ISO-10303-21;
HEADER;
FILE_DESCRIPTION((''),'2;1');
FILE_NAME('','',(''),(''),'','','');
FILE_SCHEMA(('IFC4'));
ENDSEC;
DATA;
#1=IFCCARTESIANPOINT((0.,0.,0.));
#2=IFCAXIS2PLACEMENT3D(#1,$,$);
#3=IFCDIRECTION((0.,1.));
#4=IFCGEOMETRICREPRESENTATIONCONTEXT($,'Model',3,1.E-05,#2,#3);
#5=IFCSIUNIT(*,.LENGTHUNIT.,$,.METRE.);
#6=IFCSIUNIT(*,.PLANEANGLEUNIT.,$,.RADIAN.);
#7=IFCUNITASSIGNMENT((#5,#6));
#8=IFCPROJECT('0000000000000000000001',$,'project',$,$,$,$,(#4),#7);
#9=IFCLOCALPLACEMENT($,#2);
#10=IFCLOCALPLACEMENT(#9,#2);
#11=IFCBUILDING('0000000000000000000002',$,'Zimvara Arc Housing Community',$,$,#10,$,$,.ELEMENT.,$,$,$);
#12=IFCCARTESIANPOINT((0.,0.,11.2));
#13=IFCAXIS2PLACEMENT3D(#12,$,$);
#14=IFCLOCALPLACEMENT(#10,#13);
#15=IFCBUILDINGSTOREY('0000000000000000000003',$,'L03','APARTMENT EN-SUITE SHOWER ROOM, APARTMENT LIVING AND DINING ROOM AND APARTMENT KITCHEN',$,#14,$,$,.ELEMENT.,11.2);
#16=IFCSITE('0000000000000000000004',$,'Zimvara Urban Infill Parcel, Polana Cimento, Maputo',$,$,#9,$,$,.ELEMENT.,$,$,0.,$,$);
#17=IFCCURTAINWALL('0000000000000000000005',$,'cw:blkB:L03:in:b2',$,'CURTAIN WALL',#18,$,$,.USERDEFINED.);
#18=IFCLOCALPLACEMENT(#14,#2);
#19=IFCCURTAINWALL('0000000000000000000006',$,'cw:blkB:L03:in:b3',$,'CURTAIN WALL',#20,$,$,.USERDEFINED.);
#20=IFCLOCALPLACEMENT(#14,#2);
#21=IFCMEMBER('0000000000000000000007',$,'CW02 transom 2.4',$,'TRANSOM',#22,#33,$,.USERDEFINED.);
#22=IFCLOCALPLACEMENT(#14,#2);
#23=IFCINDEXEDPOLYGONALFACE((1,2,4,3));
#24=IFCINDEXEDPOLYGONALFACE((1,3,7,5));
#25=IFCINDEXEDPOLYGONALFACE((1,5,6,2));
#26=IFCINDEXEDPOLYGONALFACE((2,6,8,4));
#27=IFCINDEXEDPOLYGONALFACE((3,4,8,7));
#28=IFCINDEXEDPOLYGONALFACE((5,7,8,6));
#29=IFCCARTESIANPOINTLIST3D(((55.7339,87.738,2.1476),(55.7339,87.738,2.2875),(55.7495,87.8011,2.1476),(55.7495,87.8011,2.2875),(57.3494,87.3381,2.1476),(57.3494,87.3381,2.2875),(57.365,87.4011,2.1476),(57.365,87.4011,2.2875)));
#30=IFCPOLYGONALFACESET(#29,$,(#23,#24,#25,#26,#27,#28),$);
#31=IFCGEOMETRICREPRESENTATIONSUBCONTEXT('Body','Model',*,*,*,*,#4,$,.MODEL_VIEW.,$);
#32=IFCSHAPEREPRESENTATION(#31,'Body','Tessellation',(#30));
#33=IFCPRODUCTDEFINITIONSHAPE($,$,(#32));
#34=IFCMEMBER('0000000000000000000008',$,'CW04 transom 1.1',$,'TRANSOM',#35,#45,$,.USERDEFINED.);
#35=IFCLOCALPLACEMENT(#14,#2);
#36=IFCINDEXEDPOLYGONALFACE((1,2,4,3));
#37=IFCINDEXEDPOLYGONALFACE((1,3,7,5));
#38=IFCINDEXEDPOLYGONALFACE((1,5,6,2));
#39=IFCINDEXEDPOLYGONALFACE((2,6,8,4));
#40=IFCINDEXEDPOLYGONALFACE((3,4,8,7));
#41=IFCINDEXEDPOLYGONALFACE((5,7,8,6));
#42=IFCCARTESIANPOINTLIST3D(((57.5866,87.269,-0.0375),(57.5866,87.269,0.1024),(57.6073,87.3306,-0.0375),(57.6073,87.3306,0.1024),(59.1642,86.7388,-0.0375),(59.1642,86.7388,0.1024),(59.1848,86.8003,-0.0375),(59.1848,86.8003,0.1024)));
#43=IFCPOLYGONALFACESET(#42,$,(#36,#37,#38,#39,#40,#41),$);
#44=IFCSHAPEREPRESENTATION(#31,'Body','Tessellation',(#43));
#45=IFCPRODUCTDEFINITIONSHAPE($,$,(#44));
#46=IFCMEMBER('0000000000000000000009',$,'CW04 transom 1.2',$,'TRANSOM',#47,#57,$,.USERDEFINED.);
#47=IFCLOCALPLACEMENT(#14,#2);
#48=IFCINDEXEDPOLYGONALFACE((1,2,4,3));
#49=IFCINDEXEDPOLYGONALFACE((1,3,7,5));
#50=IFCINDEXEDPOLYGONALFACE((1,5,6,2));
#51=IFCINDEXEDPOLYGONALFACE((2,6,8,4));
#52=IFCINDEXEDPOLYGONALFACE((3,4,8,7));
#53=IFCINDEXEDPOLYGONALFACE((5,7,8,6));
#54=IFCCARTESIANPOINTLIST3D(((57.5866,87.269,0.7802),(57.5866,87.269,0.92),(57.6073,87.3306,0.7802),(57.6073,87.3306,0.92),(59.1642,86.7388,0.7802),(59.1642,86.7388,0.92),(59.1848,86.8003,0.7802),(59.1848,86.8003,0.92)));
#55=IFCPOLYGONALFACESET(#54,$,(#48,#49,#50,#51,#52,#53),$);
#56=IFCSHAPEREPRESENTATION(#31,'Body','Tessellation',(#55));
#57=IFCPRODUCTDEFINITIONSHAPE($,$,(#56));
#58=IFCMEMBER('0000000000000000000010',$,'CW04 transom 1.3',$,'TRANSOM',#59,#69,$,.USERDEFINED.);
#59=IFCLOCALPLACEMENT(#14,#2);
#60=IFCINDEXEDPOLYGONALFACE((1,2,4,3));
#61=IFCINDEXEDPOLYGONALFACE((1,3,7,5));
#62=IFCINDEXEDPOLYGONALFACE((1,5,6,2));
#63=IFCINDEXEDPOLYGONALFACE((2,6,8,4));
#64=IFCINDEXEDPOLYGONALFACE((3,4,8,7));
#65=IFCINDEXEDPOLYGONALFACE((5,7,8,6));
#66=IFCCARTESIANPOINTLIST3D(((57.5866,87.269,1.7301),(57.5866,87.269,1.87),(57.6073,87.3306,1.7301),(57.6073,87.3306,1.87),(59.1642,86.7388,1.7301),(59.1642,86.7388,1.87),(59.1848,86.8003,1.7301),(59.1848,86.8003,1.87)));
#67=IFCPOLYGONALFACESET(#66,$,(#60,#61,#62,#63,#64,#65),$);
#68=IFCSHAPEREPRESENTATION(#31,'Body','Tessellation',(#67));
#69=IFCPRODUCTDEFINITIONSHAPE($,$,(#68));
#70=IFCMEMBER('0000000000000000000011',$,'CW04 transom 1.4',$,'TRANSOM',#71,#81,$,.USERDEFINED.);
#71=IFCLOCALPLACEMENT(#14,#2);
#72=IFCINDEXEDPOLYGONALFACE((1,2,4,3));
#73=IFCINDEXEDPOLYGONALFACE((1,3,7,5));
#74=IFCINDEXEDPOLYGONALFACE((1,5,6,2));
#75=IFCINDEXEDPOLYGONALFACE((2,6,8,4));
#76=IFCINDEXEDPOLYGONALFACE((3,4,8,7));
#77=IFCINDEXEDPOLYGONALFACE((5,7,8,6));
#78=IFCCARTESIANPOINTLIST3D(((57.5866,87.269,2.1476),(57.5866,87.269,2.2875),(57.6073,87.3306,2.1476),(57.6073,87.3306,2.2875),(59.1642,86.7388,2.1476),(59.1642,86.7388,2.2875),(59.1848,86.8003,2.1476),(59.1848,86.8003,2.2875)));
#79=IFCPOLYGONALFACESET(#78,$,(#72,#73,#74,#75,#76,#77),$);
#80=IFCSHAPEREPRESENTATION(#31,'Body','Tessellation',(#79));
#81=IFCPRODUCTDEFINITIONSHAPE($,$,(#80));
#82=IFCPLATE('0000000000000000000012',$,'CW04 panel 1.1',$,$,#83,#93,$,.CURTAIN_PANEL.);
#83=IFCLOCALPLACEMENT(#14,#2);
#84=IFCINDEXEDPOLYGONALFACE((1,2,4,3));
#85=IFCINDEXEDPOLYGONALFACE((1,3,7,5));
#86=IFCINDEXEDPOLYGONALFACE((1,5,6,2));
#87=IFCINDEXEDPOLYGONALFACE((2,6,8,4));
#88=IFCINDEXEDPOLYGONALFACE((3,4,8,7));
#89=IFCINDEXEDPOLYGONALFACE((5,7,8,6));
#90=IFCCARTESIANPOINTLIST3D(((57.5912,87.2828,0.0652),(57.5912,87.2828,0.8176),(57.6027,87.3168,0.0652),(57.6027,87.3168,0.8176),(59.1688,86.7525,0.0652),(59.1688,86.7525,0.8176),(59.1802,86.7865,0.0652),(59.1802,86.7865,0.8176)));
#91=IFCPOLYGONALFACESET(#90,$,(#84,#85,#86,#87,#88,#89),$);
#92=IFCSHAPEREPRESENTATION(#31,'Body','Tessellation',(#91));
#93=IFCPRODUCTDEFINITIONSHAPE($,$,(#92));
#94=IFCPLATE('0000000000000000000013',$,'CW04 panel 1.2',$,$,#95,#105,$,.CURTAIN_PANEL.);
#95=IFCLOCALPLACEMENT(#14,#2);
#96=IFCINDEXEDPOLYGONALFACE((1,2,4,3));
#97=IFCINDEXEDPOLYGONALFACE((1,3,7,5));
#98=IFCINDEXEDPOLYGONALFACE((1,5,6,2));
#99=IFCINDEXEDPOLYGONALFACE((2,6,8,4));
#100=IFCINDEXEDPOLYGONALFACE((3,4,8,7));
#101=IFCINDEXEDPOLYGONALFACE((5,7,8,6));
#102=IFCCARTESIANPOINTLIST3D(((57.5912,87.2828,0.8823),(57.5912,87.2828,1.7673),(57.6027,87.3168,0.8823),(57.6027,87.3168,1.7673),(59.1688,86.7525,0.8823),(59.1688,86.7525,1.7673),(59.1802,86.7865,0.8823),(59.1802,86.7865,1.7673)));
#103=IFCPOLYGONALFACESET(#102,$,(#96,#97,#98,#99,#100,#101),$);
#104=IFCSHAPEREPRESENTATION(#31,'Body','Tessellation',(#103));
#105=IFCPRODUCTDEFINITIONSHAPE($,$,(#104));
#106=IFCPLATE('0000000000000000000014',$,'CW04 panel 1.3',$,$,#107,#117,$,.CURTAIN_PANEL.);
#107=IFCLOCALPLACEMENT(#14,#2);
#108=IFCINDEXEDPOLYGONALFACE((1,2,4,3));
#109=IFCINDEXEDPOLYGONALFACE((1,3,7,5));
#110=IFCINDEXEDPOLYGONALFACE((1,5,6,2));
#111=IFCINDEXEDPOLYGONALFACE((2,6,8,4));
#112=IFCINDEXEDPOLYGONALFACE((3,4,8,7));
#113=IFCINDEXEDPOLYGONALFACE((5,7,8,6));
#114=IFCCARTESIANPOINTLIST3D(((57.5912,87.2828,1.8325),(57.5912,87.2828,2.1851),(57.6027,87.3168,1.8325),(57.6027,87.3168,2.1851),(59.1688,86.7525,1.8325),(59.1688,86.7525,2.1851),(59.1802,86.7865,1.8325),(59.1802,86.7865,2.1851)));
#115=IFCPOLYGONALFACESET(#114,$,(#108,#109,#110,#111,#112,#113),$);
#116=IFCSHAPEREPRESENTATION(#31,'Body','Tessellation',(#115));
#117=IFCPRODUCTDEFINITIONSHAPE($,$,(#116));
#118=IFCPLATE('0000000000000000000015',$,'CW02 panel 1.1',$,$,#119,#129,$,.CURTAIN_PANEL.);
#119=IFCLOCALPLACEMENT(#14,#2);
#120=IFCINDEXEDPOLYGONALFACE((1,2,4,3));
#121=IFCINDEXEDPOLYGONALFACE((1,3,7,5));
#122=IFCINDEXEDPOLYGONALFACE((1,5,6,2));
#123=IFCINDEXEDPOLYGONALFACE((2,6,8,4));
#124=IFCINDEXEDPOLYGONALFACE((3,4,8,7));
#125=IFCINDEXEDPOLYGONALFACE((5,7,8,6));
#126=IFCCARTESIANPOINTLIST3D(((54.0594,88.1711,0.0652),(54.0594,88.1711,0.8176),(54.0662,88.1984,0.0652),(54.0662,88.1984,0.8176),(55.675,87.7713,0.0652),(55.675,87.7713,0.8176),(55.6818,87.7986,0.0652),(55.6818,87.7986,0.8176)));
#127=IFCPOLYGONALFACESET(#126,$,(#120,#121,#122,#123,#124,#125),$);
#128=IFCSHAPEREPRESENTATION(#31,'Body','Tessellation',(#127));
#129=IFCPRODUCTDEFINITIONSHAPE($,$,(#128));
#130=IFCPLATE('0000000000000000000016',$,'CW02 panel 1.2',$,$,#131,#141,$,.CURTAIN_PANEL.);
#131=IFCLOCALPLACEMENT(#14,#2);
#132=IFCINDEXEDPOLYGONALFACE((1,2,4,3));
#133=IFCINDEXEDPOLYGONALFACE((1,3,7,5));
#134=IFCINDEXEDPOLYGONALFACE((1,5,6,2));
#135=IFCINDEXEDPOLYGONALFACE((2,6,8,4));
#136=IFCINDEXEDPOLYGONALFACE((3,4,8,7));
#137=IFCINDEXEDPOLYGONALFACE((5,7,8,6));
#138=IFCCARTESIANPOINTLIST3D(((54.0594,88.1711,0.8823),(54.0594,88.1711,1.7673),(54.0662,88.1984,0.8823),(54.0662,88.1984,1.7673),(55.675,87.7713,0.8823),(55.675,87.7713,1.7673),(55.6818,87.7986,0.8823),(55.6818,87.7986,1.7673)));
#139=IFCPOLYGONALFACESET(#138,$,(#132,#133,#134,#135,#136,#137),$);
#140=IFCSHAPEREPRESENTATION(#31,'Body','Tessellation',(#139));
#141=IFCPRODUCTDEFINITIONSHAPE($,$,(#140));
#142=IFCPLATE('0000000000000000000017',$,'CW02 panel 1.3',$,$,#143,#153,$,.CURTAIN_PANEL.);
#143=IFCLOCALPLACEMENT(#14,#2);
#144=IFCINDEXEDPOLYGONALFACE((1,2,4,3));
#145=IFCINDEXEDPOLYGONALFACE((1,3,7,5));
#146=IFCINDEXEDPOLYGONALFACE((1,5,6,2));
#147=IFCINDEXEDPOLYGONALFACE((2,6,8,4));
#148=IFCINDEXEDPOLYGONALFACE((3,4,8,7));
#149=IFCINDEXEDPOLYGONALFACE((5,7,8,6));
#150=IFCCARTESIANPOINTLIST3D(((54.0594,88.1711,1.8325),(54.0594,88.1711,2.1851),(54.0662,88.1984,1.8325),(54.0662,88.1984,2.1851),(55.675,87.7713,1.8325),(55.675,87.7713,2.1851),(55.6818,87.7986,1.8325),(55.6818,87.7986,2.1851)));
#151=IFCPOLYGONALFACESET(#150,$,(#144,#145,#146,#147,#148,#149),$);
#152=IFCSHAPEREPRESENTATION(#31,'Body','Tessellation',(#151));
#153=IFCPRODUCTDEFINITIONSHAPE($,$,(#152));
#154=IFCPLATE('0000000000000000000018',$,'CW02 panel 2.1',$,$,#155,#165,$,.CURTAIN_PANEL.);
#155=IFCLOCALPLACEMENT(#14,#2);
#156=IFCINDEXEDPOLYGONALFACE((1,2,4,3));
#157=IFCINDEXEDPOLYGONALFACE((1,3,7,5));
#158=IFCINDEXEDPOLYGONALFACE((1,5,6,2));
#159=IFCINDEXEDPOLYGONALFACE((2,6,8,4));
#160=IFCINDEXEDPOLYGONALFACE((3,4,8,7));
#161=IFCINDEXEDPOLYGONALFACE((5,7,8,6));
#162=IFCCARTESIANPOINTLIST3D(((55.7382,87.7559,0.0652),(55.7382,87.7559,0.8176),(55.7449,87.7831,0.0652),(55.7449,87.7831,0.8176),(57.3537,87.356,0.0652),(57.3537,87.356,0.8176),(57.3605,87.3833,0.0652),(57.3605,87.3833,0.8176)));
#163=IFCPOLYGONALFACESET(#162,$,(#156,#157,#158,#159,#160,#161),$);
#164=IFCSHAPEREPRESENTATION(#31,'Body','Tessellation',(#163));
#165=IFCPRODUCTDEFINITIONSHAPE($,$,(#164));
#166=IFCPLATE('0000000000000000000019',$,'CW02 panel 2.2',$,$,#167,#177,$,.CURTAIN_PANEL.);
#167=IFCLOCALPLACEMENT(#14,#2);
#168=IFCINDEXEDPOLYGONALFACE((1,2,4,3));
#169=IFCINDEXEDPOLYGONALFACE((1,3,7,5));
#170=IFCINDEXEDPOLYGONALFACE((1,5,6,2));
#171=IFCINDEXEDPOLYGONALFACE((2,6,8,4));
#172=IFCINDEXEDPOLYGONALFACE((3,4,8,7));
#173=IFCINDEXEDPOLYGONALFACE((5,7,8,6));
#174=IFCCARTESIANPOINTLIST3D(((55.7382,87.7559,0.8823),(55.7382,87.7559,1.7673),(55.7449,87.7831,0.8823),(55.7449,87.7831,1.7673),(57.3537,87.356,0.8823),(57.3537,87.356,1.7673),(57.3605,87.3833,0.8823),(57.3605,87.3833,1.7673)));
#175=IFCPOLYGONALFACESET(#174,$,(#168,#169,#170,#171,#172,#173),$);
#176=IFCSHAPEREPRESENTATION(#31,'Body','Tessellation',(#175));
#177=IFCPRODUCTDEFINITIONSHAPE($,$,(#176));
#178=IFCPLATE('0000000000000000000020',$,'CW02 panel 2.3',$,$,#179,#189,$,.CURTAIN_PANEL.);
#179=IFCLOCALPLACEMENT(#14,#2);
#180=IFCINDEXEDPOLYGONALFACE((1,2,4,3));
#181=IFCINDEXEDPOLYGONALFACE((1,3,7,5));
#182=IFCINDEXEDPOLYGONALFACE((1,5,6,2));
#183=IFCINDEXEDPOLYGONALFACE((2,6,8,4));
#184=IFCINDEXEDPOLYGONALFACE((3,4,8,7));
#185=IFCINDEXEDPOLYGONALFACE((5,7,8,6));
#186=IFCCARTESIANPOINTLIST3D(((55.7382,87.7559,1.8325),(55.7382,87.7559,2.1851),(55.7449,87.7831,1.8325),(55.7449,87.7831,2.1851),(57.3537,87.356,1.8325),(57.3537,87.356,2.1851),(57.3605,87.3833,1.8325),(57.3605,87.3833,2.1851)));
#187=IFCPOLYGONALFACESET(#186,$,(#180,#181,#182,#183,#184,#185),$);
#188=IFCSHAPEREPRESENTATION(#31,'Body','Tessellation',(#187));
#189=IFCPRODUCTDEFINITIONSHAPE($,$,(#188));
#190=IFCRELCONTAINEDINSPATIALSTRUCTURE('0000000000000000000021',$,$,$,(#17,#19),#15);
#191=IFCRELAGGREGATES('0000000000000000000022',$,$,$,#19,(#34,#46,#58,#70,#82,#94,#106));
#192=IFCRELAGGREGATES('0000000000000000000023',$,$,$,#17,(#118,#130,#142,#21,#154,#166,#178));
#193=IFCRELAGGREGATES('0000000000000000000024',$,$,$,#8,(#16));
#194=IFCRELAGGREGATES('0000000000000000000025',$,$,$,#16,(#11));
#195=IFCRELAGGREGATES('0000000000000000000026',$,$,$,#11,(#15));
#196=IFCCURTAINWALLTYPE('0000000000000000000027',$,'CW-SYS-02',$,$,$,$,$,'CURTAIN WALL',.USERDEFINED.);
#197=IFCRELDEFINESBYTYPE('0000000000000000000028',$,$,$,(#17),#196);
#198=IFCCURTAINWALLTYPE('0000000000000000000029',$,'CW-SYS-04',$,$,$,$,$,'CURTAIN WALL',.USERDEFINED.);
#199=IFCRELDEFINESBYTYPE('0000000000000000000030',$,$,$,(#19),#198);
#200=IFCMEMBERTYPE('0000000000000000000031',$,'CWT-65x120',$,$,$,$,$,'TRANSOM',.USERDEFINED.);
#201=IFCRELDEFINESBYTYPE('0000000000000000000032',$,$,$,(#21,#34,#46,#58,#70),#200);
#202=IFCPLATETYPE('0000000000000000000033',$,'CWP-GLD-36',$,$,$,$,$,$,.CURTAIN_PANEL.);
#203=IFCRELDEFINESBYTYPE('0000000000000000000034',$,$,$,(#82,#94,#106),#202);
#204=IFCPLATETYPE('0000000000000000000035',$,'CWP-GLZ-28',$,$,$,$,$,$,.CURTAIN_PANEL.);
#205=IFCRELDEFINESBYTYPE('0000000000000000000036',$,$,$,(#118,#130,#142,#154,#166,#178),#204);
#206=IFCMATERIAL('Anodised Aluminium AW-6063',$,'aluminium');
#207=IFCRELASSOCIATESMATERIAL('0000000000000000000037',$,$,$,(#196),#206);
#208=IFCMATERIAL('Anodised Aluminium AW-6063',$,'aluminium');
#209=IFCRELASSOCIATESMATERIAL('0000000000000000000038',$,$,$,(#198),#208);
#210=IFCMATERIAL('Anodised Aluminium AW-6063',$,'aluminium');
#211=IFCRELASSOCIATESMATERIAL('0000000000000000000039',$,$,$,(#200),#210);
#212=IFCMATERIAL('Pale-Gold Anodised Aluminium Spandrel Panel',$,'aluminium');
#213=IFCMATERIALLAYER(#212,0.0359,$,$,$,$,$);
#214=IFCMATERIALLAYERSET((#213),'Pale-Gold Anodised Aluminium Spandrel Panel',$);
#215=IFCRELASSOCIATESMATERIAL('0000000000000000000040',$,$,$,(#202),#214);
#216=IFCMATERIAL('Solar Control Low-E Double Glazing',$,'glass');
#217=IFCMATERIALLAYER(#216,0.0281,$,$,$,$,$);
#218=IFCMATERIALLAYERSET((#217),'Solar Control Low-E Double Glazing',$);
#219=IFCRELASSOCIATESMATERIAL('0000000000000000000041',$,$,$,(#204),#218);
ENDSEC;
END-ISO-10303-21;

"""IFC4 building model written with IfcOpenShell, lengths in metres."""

from ifc_helpers import new_model, si_unit, direction, frame, origin, origin_2d, place, context, subcontext, project, spatial, rectangle, extrude, material, layer, layer_set, material_profile, profile_set, type_object, element, aggregate, save


model = new_model("IFC4")

# Units and contexts
model_context = context("Model", 3, precision=1e-05, world=origin(), true_north=direction((0.0, 1.0)))
body_context = subcontext(model_context, "Body", "Model", "MODEL_VIEW")
ifc_project = project(units=[si_unit("LENGTHUNIT", "METRE"), si_unit("PLANEANGLEUNIT", "RADIAN")], contexts=[model_context])

# Site, building, storey
site_placement = place(None, origin())
site = spatial("IfcSite", under=ifc_project, at=site_placement, Name="Zimvara Urban Infill Parcel, Polana Cimento, Maputo", CompositionType="ELEMENT", RefElevation=0.0)
building_placement = place(site_placement, origin())
building = spatial("IfcBuilding", under=site, at=building_placement, Name="Zimvara Arc Housing Community", CompositionType="ELEMENT")
storey_placement = place(building_placement, frame((0.0, 0.0, 11.2)))
storey = spatial("IfcBuildingStorey", under=building, at=storey_placement, Name="L03", Description="APARTMENT EN-SUITE SHOWER ROOM, APARTMENT LIVING AND DINING ROOM AND APARTMENT KITCHEN", CompositionType="ELEMENT", Elevation=11.2)

# Curtain walls
ifc_material_1 = material(Name="Anodised Aluminium AW-6063", Category="aluminium")
curtain_wall_type_1 = type_object("IfcCurtainWallType", Name="CW-SYS-02", ElementType="CURTAIN WALL", PredefinedType="USERDEFINED", material=ifc_material_1)
curtain_wall_1_placement = place(storey_placement, origin())
curtain_wall_1 = element("IfcCurtainWall", 1, at=curtain_wall_1_placement, inside=storey, type_object=curtain_wall_type_1, Name="cw:blkB:L03:in:b2", ObjectType="CURTAIN WALL", PredefinedType="USERDEFINED")
ifc_material_2 = material(Name="Anodised Aluminium AW-6063", Category="aluminium")
curtain_wall_type_2 = type_object("IfcCurtainWallType", Name="CW-SYS-04", ElementType="CURTAIN WALL", PredefinedType="USERDEFINED", material=ifc_material_2)
curtain_wall_2_placement = place(storey_placement, origin())
curtain_wall_2 = element("IfcCurtainWall", 2, at=curtain_wall_2_placement, inside=storey, type_object=curtain_wall_type_2, Name="cw:blkB:L03:in:b3", ObjectType="CURTAIN WALL", PredefinedType="USERDEFINED")

# Members
ifc_material_3 = material(Name="Anodised Aluminium AW-6063", Category="aluminium")
ifc_material_profile_1 = material_profile(ifc_material_3, rectangle(XDim=0.0649, YDim=0.1399, at=origin_2d()), Name="ALU 65x140")
ifc_profile_set_1 = profile_set([ifc_material_profile_1], Name="Anodised Aluminium AW-6063")
member_type_1 = type_object("IfcMemberType", Name="CWT-65x120", ElementType="TRANSOM", PredefinedType="USERDEFINED", material=ifc_profile_set_1)
member_1_placement = place(storey_placement, frame((55.7417, 87.7695, 2.2175), z_axis=(0.970701, -0.240291, 0.0), x_axis=(0.240291, 0.970701, 0.0)))
member_1 = element("IfcMember", 3, at=member_1_placement, type_object=member_type_1, Name="CW02 transom 2.4", ObjectType="TRANSOM", PredefinedType="USERDEFINED", context=body_context, shape_type="SweptSolid", body=[
    extrude(rectangle(XDim=0.0649, YDim=0.1399, at=origin_2d()), origin(), (0.0, 0.0, 1.0), 1.6643),
])
member_2_placement = place(storey_placement, frame((57.5969, 87.2998, 0.0325), z_axis=(0.947888, -0.318603, 0.0), x_axis=(0.318603, 0.947888, 0.0)))
member_2 = element("IfcMember", 4, at=member_2_placement, type_object=member_type_1, Name="CW04 transom 1.1", ObjectType="TRANSOM", PredefinedType="USERDEFINED", context=body_context, shape_type="SweptSolid", body=[
    extrude(rectangle(XDim=0.0649, YDim=0.1399, at=origin_2d()), origin(), (0.0, 0.0, 1.0), 1.6643),
])
member_3_placement = place(storey_placement, frame((57.5969, 87.2998, 0.8501), z_axis=(0.947888, -0.318603, 0.0), x_axis=(0.318603, 0.947888, 0.0)))
member_3 = element("IfcMember", 5, at=member_3_placement, type_object=member_type_1, Name="CW04 transom 1.2", ObjectType="TRANSOM", PredefinedType="USERDEFINED", context=body_context, shape_type="SweptSolid", body=[
    extrude(rectangle(XDim=0.0649, YDim=0.1399, at=origin_2d()), origin(), (0.0, 0.0, 1.0), 1.6643),
])
member_4_placement = place(storey_placement, frame((57.5969, 87.2998, 1.8), z_axis=(0.947888, -0.318603, 0.0), x_axis=(0.318603, 0.947888, 0.0)))
member_4 = element("IfcMember", 6, at=member_4_placement, type_object=member_type_1, Name="CW04 transom 1.3", ObjectType="TRANSOM", PredefinedType="USERDEFINED", context=body_context, shape_type="SweptSolid", body=[
    extrude(rectangle(XDim=0.0649, YDim=0.1399, at=origin_2d()), origin(), (0.0, 0.0, 1.0), 1.6643),
])
member_5_placement = place(storey_placement, frame((57.5969, 87.2998, 2.2175), z_axis=(0.947888, -0.318603, 0.0), x_axis=(0.318603, 0.947888, 0.0)))
member_5 = element("IfcMember", 7, at=member_5_placement, type_object=member_type_1, Name="CW04 transom 1.4", ObjectType="TRANSOM", PredefinedType="USERDEFINED", context=body_context, shape_type="SweptSolid", body=[
    extrude(rectangle(XDim=0.0649, YDim=0.1399, at=origin_2d()), origin(), (0.0, 0.0, 1.0), 1.6643),
])

# Plates
ifc_material_4 = material(Name="Pale-Gold Anodised Aluminium Spandrel Panel", Category="aluminium")
ifc_layer_1 = layer(ifc_material_4, 0.0359)
ifc_layer_set_1 = layer_set([ifc_layer_1], Name="Pale-Gold Anodised Aluminium Spandrel Panel")
plate_type_1 = type_object("IfcPlateType", Name="CWP-GLD-36", PredefinedType="CURTAIN_PANEL", material=ifc_layer_set_1)
plate_1_placement = place(storey_placement, frame((58.3857, 87.0347, 0.0652), z_axis=(0.0, 0.0, 1.0), x_axis=(0.947879, -0.31863, 0.0)))
plate_1 = element("IfcPlate", 8, at=plate_1_placement, type_object=plate_type_1, Name="CW04 panel 1.1", PredefinedType="CURTAIN_PANEL", context=body_context, shape_type="SweptSolid", body=[
    extrude(rectangle(XDim=1.6643, YDim=0.0359, at=origin_2d()), origin(), (0.0, 0.0, 1.0), 0.7524),
])
plate_2_placement = place(storey_placement, frame((58.3857, 87.0347, 0.8823), z_axis=(0.0, 0.0, 1.0), x_axis=(0.947879, -0.31863, 0.0)))
plate_2 = element("IfcPlate", 9, at=plate_2_placement, type_object=plate_type_1, Name="CW04 panel 1.2", PredefinedType="CURTAIN_PANEL", context=body_context, shape_type="SweptSolid", body=[
    extrude(rectangle(XDim=1.6643, YDim=0.0359, at=origin_2d()), origin(), (0.0, 0.0, 1.0), 0.885),
])
plate_3_placement = place(storey_placement, frame((58.3857, 87.0347, 1.8325), z_axis=(0.0, 0.0, 1.0), x_axis=(0.947879, -0.31863, 0.0)))
plate_3 = element("IfcPlate", 10, at=plate_3_placement, type_object=plate_type_1, Name="CW04 panel 1.3", PredefinedType="CURTAIN_PANEL", context=body_context, shape_type="SweptSolid", body=[
    extrude(rectangle(XDim=1.6643, YDim=0.0359, at=origin_2d()), origin(), (0.0, 0.0, 1.0), 0.3525),
])
aggregate(curtain_wall_2, [member_2, member_3, member_4, member_5, plate_1, plate_2, plate_3])
ifc_material_5 = material(Name="Solar Control Low-E Double Glazing", Category="glass")
ifc_layer_2 = layer(ifc_material_5, 0.0281)
ifc_layer_set_2 = layer_set([ifc_layer_2], Name="Solar Control Low-E Double Glazing")
plate_type_2 = type_object("IfcPlateType", Name="CWP-GLZ-28", PredefinedType="CURTAIN_PANEL", material=ifc_layer_set_2)
plate_4_placement = place(storey_placement, frame((54.8706, 87.9849, 0.0652), z_axis=(0.0, 0.0, 1.0), x_axis=(0.970717, -0.240228, 0.0)))
plate_4 = element("IfcPlate", 11, at=plate_4_placement, type_object=plate_type_2, Name="CW02 panel 1.1", PredefinedType="CURTAIN_PANEL", context=body_context, shape_type="SweptSolid", body=[
    extrude(rectangle(XDim=1.6643, YDim=0.0281, at=origin_2d()), origin(), (0.0, 0.0, 1.0), 0.7524),
])
plate_5_placement = place(storey_placement, frame((54.8706, 87.9849, 0.8823), z_axis=(0.0, 0.0, 1.0), x_axis=(0.970717, -0.240228, 0.0)))
plate_5 = element("IfcPlate", 12, at=plate_5_placement, type_object=plate_type_2, Name="CW02 panel 1.2", PredefinedType="CURTAIN_PANEL", context=body_context, shape_type="SweptSolid", body=[
    extrude(rectangle(XDim=1.6643, YDim=0.0281, at=origin_2d()), origin(), (0.0, 0.0, 1.0), 0.885),
])
plate_6_placement = place(storey_placement, frame((54.8706, 87.9849, 1.8325), z_axis=(0.0, 0.0, 1.0), x_axis=(0.970717, -0.240228, 0.0)))
plate_6 = element("IfcPlate", 13, at=plate_6_placement, type_object=plate_type_2, Name="CW02 panel 1.3", PredefinedType="CURTAIN_PANEL", context=body_context, shape_type="SweptSolid", body=[
    extrude(rectangle(XDim=1.6643, YDim=0.0281, at=origin_2d()), origin(), (0.0, 0.0, 1.0), 0.3525),
])
plate_7_placement = place(storey_placement, frame((56.5493, 87.5696, 0.0652), z_axis=(0.0, 0.0, 1.0), x_axis=(0.970717, -0.240228, 0.0)))
plate_7 = element("IfcPlate", 14, at=plate_7_placement, type_object=plate_type_2, Name="CW02 panel 2.1", PredefinedType="CURTAIN_PANEL", context=body_context, shape_type="SweptSolid", body=[
    extrude(rectangle(XDim=1.6643, YDim=0.0281, at=origin_2d()), origin(), (0.0, 0.0, 1.0), 0.7524),
])
plate_8_placement = place(storey_placement, frame((56.5493, 87.5696, 0.8823), z_axis=(0.0, 0.0, 1.0), x_axis=(0.970717, -0.240228, 0.0)))
plate_8 = element("IfcPlate", 15, at=plate_8_placement, type_object=plate_type_2, Name="CW02 panel 2.2", PredefinedType="CURTAIN_PANEL", context=body_context, shape_type="SweptSolid", body=[
    extrude(rectangle(XDim=1.6643, YDim=0.0281, at=origin_2d()), origin(), (0.0, 0.0, 1.0), 0.885),
])
plate_9_placement = place(storey_placement, frame((56.5493, 87.5696, 1.8325), z_axis=(0.0, 0.0, 1.0), x_axis=(0.970717, -0.240228, 0.0)))
plate_9 = element("IfcPlate", 16, at=plate_9_placement, type_object=plate_type_2, Name="CW02 panel 2.3", PredefinedType="CURTAIN_PANEL", context=body_context, shape_type="SweptSolid", body=[
    extrude(rectangle(XDim=1.6643, YDim=0.0281, at=origin_2d()), origin(), (0.0, 0.0, 1.0), 0.3525),
])
aggregate(curtain_wall_1, [plate_4, plate_5, plate_6, member_1, plate_7, plate_8, plate_9])

save(model, "model.ifc")
